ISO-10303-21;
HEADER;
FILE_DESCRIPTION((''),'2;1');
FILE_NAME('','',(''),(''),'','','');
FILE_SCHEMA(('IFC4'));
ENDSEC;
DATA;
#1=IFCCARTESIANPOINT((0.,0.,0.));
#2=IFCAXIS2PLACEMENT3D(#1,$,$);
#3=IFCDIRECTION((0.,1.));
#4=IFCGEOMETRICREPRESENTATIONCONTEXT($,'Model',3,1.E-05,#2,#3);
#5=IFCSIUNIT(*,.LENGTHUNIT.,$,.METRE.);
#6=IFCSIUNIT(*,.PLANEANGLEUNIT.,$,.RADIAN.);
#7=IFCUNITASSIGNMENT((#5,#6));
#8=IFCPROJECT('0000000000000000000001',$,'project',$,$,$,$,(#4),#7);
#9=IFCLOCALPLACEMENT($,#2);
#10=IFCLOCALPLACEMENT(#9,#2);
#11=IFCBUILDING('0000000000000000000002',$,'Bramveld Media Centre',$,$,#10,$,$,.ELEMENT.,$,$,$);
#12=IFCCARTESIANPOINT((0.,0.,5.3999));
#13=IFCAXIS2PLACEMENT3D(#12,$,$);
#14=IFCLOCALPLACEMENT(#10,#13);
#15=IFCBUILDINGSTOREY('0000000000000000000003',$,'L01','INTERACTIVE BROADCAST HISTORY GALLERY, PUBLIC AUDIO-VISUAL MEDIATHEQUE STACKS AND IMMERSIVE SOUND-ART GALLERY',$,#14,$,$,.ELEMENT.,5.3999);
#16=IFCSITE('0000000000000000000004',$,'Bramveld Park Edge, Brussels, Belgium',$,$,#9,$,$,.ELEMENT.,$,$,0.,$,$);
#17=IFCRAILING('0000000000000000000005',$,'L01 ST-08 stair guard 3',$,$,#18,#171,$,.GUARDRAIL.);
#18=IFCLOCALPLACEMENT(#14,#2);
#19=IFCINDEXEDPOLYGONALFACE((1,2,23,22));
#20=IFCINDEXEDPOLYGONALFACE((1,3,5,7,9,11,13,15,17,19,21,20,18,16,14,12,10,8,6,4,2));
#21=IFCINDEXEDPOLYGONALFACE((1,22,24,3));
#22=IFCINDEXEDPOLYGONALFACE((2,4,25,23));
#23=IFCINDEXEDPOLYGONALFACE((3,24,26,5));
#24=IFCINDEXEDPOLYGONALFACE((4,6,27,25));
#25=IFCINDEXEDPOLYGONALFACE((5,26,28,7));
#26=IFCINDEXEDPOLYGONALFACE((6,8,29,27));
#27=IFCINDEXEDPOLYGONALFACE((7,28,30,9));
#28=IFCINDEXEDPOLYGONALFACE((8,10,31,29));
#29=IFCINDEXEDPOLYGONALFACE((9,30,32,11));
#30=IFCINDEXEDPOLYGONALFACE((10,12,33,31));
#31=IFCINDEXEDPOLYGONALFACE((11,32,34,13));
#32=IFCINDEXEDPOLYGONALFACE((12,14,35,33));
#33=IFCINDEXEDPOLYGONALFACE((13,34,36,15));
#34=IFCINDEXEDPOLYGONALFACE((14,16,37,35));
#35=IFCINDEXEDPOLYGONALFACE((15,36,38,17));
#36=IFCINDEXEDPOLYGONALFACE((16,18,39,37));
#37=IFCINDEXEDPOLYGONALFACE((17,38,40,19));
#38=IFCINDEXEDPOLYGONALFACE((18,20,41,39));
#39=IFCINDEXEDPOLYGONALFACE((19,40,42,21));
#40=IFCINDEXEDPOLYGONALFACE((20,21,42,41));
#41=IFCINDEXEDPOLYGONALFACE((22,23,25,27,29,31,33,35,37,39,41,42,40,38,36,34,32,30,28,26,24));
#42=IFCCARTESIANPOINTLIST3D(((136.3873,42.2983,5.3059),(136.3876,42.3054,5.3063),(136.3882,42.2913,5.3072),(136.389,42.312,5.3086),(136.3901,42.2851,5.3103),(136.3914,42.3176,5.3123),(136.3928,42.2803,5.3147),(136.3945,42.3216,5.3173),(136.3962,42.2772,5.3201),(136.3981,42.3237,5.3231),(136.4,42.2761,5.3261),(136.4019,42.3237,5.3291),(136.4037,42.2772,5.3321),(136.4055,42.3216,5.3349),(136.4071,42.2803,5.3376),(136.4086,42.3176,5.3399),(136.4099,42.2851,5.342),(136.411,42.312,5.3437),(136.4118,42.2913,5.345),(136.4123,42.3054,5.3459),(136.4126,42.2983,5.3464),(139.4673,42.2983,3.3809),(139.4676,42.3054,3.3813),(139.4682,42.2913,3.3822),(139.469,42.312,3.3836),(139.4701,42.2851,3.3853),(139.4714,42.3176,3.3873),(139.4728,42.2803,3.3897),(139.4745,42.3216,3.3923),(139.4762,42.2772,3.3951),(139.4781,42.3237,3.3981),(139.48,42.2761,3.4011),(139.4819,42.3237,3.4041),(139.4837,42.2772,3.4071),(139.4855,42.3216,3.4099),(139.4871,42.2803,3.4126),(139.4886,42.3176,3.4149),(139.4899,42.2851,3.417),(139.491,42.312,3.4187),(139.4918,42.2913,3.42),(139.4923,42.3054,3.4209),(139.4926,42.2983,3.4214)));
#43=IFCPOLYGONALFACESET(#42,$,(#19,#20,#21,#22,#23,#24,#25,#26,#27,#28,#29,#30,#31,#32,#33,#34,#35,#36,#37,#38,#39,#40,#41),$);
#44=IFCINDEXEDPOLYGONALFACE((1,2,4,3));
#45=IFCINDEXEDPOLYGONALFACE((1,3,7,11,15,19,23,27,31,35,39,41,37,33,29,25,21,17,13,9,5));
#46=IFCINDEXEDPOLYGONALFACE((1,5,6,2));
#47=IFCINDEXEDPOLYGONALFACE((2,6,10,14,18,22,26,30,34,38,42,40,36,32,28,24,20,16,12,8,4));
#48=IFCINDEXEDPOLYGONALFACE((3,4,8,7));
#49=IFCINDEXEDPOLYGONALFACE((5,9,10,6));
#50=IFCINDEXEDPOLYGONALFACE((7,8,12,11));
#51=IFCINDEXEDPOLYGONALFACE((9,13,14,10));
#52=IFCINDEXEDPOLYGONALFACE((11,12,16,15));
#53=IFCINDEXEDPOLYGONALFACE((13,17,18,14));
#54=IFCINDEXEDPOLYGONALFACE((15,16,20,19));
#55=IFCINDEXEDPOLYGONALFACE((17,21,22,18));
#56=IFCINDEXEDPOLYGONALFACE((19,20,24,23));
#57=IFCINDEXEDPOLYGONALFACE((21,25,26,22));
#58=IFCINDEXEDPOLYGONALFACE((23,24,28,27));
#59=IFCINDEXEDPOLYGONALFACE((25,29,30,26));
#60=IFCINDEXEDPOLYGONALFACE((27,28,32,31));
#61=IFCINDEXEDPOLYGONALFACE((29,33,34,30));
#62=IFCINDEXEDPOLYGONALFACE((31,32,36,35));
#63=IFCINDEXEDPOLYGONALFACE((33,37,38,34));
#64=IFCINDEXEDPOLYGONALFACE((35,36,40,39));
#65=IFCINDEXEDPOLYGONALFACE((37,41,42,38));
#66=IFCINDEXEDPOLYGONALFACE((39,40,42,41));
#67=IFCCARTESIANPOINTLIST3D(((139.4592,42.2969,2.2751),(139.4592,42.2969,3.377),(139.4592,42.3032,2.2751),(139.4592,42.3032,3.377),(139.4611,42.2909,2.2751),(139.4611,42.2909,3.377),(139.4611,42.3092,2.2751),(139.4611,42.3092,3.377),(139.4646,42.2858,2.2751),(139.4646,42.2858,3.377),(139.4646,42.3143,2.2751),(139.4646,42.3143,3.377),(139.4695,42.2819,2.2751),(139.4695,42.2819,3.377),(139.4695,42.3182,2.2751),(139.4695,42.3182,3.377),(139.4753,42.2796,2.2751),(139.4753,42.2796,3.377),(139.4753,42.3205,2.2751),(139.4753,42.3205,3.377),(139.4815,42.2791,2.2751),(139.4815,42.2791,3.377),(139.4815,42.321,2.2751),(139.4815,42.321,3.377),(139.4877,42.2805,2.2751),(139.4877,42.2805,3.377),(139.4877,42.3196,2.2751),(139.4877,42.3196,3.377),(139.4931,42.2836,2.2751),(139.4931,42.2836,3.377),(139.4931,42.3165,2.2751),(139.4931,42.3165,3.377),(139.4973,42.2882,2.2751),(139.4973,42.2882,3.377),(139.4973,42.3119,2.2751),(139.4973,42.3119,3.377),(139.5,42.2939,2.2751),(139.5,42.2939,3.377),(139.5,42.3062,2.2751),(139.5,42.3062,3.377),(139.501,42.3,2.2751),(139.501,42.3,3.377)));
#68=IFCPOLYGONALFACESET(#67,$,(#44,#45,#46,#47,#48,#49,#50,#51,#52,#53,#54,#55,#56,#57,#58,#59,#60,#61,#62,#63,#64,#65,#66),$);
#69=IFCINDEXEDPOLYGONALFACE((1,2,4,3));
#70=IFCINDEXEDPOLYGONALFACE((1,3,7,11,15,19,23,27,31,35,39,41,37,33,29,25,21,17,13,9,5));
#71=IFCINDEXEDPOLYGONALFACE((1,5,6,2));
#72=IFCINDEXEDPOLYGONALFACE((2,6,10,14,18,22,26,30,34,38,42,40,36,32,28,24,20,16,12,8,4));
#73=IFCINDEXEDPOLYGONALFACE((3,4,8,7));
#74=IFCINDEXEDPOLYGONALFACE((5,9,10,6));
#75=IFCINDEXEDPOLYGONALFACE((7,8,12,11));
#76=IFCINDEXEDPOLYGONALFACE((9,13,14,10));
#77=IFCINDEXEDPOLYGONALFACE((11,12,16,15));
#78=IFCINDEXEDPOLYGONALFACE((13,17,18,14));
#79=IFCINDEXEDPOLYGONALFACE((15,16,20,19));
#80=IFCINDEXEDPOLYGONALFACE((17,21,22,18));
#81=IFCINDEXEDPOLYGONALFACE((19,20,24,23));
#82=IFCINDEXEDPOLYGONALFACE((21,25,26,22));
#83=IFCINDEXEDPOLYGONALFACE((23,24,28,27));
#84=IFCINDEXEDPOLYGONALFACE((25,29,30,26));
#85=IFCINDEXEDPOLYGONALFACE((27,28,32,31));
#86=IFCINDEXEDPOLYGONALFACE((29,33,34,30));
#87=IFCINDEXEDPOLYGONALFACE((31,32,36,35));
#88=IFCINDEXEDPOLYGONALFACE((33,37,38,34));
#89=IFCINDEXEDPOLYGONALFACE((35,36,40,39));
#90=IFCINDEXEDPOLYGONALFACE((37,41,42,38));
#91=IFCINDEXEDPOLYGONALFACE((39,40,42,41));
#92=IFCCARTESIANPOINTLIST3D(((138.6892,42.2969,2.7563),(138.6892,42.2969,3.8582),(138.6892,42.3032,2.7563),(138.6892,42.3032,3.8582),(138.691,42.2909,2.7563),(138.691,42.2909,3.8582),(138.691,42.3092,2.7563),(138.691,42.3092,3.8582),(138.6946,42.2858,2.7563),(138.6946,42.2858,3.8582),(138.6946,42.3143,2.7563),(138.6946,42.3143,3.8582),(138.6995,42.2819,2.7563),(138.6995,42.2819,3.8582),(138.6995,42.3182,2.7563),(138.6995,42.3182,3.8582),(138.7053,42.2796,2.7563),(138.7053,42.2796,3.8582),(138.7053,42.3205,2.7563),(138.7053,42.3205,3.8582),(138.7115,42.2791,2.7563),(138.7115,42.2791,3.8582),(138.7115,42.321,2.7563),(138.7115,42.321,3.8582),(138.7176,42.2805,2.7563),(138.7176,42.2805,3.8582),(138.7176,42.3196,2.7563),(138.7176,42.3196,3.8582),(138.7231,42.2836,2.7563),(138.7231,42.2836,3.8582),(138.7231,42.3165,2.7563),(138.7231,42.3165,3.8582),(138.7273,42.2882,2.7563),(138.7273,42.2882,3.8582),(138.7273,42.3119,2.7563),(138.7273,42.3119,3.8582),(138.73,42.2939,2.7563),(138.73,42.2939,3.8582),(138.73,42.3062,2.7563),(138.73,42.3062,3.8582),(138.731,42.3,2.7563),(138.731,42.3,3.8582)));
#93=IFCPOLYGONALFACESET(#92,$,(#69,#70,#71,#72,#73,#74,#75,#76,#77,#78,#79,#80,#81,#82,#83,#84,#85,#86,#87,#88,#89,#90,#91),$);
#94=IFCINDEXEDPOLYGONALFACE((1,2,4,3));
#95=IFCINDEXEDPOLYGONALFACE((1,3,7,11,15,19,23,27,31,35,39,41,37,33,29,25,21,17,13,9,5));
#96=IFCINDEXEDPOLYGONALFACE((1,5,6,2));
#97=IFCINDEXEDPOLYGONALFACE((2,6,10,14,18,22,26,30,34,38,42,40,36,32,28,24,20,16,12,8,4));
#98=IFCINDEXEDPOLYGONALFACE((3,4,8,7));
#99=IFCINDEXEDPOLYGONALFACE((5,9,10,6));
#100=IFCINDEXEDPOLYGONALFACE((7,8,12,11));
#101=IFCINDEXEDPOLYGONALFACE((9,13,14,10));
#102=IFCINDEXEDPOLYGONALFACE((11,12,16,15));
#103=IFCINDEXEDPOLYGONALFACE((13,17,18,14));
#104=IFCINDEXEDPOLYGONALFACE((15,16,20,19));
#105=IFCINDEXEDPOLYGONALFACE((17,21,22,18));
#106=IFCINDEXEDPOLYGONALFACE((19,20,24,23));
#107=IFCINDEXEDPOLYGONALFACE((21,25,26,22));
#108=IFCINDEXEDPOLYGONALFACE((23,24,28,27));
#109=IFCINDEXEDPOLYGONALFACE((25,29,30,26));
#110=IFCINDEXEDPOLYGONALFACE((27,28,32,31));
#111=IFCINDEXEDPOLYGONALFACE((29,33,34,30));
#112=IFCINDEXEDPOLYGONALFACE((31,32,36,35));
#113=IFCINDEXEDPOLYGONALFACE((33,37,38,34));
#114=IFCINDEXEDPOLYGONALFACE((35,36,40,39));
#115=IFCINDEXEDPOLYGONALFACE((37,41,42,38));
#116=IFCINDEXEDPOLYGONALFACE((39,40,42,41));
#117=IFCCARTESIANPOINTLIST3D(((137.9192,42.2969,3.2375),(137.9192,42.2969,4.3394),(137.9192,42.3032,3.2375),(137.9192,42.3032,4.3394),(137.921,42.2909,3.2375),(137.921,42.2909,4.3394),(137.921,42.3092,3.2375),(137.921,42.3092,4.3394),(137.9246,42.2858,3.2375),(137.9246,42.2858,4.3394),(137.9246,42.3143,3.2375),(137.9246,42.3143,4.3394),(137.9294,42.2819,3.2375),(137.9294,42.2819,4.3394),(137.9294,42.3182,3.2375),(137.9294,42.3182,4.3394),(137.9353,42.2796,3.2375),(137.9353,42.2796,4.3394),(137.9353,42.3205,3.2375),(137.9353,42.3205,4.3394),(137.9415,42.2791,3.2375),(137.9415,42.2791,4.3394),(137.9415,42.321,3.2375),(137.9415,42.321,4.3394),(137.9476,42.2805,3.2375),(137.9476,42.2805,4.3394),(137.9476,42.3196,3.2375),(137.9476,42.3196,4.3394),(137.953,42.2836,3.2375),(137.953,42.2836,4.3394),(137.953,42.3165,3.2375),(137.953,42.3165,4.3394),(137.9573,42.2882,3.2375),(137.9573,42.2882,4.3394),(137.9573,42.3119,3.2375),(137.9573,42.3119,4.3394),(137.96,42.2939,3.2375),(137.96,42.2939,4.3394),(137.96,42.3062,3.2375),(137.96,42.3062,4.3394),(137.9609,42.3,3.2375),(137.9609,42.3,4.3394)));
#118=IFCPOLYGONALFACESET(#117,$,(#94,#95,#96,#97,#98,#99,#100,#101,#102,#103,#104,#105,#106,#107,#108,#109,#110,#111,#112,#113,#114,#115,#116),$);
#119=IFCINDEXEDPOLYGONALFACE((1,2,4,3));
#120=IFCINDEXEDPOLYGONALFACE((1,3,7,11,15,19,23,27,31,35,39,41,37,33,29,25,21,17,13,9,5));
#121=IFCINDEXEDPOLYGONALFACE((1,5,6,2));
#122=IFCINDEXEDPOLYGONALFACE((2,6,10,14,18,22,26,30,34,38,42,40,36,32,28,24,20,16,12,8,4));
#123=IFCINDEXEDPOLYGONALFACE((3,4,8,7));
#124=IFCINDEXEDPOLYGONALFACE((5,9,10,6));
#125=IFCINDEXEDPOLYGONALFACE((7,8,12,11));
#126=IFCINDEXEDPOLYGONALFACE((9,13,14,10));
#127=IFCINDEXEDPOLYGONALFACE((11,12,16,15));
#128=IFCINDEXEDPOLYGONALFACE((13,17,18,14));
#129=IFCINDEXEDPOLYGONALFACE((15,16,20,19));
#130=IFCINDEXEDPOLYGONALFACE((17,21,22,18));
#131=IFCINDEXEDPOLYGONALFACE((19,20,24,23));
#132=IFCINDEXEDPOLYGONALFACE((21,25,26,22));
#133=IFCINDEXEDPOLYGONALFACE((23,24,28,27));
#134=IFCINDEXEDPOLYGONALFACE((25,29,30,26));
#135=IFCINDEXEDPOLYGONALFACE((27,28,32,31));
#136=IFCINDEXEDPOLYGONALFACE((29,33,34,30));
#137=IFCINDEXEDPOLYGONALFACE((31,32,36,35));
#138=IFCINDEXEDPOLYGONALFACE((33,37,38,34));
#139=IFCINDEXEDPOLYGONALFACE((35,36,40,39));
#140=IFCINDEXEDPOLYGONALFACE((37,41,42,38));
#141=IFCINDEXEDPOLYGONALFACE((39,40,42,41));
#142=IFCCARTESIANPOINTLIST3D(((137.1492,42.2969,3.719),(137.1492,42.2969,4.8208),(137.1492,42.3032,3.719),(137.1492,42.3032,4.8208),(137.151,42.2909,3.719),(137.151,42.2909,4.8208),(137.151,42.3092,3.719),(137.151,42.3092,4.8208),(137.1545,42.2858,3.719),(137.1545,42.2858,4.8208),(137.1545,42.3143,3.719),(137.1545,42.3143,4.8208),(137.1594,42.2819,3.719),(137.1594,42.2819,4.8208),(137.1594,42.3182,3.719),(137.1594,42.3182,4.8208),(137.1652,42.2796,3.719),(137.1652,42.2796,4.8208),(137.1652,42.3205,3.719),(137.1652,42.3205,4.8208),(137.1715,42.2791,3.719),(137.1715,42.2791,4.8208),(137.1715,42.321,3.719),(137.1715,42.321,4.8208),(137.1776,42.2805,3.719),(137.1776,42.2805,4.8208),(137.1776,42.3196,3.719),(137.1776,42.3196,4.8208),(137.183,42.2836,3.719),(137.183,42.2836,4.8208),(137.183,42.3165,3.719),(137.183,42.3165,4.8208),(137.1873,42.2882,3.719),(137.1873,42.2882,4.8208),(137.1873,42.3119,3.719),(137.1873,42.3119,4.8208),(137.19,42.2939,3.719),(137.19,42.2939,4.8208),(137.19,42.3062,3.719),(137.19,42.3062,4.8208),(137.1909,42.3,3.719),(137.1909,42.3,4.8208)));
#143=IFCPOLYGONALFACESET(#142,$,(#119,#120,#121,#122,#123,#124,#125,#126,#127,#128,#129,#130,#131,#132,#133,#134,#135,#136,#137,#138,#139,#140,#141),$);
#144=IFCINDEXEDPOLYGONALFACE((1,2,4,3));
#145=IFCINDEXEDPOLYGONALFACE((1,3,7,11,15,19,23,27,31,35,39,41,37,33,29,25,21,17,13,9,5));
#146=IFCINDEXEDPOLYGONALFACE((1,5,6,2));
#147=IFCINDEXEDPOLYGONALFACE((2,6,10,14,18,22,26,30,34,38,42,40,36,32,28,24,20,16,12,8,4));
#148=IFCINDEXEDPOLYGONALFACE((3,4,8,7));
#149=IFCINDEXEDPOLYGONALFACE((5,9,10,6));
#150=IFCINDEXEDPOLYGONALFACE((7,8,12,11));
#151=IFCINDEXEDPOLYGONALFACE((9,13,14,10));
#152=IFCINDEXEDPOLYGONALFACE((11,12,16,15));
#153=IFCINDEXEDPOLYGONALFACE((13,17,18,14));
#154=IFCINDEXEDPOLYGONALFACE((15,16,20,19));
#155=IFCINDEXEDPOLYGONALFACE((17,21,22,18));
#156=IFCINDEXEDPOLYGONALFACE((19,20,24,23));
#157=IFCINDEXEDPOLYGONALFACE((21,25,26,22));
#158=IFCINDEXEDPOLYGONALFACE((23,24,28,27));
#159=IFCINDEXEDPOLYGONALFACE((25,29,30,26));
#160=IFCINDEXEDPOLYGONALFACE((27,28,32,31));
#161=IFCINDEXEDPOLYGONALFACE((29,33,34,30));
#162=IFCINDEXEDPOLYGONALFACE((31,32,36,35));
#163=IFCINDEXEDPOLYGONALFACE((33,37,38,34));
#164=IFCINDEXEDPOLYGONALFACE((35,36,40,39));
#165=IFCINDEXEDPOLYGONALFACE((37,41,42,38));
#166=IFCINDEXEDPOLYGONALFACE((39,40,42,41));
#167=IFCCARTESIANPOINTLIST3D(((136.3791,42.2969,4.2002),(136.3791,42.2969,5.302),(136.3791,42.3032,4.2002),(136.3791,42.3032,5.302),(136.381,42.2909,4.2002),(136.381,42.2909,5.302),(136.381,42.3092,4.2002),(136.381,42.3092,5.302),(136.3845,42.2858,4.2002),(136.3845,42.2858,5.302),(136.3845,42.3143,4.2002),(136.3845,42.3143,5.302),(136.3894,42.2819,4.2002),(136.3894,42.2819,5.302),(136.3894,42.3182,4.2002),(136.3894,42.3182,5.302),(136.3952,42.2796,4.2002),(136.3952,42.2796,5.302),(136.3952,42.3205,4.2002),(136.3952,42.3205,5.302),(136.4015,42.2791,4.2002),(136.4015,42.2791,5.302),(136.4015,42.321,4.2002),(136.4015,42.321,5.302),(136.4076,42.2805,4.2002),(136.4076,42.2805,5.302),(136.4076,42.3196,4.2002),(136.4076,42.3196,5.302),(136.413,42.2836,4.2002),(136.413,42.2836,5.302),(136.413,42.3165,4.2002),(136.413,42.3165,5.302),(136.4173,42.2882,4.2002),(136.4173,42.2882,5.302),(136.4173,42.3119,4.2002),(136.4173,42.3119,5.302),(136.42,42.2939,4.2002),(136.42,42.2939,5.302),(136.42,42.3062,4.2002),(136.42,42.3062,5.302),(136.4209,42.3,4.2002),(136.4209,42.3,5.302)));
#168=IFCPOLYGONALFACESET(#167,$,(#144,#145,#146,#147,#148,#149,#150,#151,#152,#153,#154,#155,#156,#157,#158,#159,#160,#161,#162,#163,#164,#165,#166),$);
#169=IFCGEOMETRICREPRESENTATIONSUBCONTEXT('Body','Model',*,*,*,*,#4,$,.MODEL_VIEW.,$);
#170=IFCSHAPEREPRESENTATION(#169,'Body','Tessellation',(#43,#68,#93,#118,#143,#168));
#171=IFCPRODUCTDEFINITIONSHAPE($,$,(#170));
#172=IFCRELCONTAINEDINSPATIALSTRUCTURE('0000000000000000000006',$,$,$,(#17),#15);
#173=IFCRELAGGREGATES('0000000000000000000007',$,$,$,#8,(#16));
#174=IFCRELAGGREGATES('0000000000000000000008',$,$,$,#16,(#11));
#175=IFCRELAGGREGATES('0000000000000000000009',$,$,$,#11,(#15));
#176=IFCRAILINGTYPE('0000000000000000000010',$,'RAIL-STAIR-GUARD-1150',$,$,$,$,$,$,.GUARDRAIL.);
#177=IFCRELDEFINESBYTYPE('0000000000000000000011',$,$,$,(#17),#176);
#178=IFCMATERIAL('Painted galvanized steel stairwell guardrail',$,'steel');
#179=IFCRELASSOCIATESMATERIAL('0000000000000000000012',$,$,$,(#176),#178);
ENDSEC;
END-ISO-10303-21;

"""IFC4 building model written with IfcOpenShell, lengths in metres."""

from ifc_helpers import new_model, si_unit, direction, frame, origin, origin_2d, place, context, subcontext, project, spatial, circle, extrude, material, type_object, element, save


model = new_model("IFC4")

# Units and contexts
model_context = context("Model", 3, precision=1e-05, world=origin(), true_north=direction((0.0, 1.0)))
body_context = subcontext(model_context, "Body", "Model", "MODEL_VIEW")
ifc_project = project(units=[si_unit("LENGTHUNIT", "METRE"), si_unit("PLANEANGLEUNIT", "RADIAN")], contexts=[model_context])

# Site, building, storey
site_placement = place(None, origin())
site = spatial("IfcSite", under=ifc_project, at=site_placement, Name="Bramveld Park Edge, Brussels, Belgium", CompositionType="ELEMENT", RefElevation=0.0)
building_placement = place(site_placement, origin())
building = spatial("IfcBuilding", under=site, at=building_placement, Name="Bramveld Media Centre", CompositionType="ELEMENT")
storey_placement = place(building_placement, frame((0.0, 0.0, 5.3999)))
storey = spatial("IfcBuildingStorey", under=building, at=storey_placement, Name="L01", Description="INTERACTIVE BROADCAST HISTORY GALLERY, PUBLIC AUDIO-VISUAL MEDIATHEQUE STACKS AND IMMERSIVE SOUND-ART GALLERY", CompositionType="ELEMENT", Elevation=5.3999)

# Railing
ifc_material_1 = material(Name="Painted galvanized steel stairwell guardrail", Category="steel")
railing_type_1 = type_object("IfcRailingType", Name="RAIL-STAIR-GUARD-1150", PredefinedType="GUARDRAIL", material=ifc_material_1)
railing_1_placement = place(storey_placement, frame((139.48, 42.3, 2.2751)))
element("IfcRailing", 1, at=railing_1_placement, inside=storey, type_object=railing_type_1, Name="L01 ST-08 stair guard 3", PredefinedType="GUARDRAIL", context=body_context, shape_type="SweptSolid", body=[
    extrude(circle(Radius=0.0239, at=origin_2d()), frame((0.0, 0.0, 1.126), z_axis=(-0.847998, 0.0, 0.529999), x_axis=(0.0, -1.0, 0.0)), (0.0, 0.0, 1.0), 3.6321),
    extrude(circle(Radius=0.021, at=origin_2d()), origin(), (0.0, 0.0, 1.0), 1.1018),
    extrude(circle(Radius=0.021, at=origin_2d()), frame((-0.77, 0.0, 0.4812)), (0.0, 0.0, 1.0), 1.1018),
    extrude(circle(Radius=0.021, at=origin_2d()), frame((-1.54, 0.0, 0.9624)), (0.0, 0.0, 1.0), 1.1018),
    extrude(circle(Radius=0.021, at=origin_2d()), frame((-2.3101, 0.0, 1.4438)), (0.0, 0.0, 1.0), 1.1018),
    extrude(circle(Radius=0.021, at=origin_2d()), frame((-3.0801, 0.0, 1.925)), (0.0, 0.0, 1.0), 1.1018),
])

save(model, "model.ifc")
